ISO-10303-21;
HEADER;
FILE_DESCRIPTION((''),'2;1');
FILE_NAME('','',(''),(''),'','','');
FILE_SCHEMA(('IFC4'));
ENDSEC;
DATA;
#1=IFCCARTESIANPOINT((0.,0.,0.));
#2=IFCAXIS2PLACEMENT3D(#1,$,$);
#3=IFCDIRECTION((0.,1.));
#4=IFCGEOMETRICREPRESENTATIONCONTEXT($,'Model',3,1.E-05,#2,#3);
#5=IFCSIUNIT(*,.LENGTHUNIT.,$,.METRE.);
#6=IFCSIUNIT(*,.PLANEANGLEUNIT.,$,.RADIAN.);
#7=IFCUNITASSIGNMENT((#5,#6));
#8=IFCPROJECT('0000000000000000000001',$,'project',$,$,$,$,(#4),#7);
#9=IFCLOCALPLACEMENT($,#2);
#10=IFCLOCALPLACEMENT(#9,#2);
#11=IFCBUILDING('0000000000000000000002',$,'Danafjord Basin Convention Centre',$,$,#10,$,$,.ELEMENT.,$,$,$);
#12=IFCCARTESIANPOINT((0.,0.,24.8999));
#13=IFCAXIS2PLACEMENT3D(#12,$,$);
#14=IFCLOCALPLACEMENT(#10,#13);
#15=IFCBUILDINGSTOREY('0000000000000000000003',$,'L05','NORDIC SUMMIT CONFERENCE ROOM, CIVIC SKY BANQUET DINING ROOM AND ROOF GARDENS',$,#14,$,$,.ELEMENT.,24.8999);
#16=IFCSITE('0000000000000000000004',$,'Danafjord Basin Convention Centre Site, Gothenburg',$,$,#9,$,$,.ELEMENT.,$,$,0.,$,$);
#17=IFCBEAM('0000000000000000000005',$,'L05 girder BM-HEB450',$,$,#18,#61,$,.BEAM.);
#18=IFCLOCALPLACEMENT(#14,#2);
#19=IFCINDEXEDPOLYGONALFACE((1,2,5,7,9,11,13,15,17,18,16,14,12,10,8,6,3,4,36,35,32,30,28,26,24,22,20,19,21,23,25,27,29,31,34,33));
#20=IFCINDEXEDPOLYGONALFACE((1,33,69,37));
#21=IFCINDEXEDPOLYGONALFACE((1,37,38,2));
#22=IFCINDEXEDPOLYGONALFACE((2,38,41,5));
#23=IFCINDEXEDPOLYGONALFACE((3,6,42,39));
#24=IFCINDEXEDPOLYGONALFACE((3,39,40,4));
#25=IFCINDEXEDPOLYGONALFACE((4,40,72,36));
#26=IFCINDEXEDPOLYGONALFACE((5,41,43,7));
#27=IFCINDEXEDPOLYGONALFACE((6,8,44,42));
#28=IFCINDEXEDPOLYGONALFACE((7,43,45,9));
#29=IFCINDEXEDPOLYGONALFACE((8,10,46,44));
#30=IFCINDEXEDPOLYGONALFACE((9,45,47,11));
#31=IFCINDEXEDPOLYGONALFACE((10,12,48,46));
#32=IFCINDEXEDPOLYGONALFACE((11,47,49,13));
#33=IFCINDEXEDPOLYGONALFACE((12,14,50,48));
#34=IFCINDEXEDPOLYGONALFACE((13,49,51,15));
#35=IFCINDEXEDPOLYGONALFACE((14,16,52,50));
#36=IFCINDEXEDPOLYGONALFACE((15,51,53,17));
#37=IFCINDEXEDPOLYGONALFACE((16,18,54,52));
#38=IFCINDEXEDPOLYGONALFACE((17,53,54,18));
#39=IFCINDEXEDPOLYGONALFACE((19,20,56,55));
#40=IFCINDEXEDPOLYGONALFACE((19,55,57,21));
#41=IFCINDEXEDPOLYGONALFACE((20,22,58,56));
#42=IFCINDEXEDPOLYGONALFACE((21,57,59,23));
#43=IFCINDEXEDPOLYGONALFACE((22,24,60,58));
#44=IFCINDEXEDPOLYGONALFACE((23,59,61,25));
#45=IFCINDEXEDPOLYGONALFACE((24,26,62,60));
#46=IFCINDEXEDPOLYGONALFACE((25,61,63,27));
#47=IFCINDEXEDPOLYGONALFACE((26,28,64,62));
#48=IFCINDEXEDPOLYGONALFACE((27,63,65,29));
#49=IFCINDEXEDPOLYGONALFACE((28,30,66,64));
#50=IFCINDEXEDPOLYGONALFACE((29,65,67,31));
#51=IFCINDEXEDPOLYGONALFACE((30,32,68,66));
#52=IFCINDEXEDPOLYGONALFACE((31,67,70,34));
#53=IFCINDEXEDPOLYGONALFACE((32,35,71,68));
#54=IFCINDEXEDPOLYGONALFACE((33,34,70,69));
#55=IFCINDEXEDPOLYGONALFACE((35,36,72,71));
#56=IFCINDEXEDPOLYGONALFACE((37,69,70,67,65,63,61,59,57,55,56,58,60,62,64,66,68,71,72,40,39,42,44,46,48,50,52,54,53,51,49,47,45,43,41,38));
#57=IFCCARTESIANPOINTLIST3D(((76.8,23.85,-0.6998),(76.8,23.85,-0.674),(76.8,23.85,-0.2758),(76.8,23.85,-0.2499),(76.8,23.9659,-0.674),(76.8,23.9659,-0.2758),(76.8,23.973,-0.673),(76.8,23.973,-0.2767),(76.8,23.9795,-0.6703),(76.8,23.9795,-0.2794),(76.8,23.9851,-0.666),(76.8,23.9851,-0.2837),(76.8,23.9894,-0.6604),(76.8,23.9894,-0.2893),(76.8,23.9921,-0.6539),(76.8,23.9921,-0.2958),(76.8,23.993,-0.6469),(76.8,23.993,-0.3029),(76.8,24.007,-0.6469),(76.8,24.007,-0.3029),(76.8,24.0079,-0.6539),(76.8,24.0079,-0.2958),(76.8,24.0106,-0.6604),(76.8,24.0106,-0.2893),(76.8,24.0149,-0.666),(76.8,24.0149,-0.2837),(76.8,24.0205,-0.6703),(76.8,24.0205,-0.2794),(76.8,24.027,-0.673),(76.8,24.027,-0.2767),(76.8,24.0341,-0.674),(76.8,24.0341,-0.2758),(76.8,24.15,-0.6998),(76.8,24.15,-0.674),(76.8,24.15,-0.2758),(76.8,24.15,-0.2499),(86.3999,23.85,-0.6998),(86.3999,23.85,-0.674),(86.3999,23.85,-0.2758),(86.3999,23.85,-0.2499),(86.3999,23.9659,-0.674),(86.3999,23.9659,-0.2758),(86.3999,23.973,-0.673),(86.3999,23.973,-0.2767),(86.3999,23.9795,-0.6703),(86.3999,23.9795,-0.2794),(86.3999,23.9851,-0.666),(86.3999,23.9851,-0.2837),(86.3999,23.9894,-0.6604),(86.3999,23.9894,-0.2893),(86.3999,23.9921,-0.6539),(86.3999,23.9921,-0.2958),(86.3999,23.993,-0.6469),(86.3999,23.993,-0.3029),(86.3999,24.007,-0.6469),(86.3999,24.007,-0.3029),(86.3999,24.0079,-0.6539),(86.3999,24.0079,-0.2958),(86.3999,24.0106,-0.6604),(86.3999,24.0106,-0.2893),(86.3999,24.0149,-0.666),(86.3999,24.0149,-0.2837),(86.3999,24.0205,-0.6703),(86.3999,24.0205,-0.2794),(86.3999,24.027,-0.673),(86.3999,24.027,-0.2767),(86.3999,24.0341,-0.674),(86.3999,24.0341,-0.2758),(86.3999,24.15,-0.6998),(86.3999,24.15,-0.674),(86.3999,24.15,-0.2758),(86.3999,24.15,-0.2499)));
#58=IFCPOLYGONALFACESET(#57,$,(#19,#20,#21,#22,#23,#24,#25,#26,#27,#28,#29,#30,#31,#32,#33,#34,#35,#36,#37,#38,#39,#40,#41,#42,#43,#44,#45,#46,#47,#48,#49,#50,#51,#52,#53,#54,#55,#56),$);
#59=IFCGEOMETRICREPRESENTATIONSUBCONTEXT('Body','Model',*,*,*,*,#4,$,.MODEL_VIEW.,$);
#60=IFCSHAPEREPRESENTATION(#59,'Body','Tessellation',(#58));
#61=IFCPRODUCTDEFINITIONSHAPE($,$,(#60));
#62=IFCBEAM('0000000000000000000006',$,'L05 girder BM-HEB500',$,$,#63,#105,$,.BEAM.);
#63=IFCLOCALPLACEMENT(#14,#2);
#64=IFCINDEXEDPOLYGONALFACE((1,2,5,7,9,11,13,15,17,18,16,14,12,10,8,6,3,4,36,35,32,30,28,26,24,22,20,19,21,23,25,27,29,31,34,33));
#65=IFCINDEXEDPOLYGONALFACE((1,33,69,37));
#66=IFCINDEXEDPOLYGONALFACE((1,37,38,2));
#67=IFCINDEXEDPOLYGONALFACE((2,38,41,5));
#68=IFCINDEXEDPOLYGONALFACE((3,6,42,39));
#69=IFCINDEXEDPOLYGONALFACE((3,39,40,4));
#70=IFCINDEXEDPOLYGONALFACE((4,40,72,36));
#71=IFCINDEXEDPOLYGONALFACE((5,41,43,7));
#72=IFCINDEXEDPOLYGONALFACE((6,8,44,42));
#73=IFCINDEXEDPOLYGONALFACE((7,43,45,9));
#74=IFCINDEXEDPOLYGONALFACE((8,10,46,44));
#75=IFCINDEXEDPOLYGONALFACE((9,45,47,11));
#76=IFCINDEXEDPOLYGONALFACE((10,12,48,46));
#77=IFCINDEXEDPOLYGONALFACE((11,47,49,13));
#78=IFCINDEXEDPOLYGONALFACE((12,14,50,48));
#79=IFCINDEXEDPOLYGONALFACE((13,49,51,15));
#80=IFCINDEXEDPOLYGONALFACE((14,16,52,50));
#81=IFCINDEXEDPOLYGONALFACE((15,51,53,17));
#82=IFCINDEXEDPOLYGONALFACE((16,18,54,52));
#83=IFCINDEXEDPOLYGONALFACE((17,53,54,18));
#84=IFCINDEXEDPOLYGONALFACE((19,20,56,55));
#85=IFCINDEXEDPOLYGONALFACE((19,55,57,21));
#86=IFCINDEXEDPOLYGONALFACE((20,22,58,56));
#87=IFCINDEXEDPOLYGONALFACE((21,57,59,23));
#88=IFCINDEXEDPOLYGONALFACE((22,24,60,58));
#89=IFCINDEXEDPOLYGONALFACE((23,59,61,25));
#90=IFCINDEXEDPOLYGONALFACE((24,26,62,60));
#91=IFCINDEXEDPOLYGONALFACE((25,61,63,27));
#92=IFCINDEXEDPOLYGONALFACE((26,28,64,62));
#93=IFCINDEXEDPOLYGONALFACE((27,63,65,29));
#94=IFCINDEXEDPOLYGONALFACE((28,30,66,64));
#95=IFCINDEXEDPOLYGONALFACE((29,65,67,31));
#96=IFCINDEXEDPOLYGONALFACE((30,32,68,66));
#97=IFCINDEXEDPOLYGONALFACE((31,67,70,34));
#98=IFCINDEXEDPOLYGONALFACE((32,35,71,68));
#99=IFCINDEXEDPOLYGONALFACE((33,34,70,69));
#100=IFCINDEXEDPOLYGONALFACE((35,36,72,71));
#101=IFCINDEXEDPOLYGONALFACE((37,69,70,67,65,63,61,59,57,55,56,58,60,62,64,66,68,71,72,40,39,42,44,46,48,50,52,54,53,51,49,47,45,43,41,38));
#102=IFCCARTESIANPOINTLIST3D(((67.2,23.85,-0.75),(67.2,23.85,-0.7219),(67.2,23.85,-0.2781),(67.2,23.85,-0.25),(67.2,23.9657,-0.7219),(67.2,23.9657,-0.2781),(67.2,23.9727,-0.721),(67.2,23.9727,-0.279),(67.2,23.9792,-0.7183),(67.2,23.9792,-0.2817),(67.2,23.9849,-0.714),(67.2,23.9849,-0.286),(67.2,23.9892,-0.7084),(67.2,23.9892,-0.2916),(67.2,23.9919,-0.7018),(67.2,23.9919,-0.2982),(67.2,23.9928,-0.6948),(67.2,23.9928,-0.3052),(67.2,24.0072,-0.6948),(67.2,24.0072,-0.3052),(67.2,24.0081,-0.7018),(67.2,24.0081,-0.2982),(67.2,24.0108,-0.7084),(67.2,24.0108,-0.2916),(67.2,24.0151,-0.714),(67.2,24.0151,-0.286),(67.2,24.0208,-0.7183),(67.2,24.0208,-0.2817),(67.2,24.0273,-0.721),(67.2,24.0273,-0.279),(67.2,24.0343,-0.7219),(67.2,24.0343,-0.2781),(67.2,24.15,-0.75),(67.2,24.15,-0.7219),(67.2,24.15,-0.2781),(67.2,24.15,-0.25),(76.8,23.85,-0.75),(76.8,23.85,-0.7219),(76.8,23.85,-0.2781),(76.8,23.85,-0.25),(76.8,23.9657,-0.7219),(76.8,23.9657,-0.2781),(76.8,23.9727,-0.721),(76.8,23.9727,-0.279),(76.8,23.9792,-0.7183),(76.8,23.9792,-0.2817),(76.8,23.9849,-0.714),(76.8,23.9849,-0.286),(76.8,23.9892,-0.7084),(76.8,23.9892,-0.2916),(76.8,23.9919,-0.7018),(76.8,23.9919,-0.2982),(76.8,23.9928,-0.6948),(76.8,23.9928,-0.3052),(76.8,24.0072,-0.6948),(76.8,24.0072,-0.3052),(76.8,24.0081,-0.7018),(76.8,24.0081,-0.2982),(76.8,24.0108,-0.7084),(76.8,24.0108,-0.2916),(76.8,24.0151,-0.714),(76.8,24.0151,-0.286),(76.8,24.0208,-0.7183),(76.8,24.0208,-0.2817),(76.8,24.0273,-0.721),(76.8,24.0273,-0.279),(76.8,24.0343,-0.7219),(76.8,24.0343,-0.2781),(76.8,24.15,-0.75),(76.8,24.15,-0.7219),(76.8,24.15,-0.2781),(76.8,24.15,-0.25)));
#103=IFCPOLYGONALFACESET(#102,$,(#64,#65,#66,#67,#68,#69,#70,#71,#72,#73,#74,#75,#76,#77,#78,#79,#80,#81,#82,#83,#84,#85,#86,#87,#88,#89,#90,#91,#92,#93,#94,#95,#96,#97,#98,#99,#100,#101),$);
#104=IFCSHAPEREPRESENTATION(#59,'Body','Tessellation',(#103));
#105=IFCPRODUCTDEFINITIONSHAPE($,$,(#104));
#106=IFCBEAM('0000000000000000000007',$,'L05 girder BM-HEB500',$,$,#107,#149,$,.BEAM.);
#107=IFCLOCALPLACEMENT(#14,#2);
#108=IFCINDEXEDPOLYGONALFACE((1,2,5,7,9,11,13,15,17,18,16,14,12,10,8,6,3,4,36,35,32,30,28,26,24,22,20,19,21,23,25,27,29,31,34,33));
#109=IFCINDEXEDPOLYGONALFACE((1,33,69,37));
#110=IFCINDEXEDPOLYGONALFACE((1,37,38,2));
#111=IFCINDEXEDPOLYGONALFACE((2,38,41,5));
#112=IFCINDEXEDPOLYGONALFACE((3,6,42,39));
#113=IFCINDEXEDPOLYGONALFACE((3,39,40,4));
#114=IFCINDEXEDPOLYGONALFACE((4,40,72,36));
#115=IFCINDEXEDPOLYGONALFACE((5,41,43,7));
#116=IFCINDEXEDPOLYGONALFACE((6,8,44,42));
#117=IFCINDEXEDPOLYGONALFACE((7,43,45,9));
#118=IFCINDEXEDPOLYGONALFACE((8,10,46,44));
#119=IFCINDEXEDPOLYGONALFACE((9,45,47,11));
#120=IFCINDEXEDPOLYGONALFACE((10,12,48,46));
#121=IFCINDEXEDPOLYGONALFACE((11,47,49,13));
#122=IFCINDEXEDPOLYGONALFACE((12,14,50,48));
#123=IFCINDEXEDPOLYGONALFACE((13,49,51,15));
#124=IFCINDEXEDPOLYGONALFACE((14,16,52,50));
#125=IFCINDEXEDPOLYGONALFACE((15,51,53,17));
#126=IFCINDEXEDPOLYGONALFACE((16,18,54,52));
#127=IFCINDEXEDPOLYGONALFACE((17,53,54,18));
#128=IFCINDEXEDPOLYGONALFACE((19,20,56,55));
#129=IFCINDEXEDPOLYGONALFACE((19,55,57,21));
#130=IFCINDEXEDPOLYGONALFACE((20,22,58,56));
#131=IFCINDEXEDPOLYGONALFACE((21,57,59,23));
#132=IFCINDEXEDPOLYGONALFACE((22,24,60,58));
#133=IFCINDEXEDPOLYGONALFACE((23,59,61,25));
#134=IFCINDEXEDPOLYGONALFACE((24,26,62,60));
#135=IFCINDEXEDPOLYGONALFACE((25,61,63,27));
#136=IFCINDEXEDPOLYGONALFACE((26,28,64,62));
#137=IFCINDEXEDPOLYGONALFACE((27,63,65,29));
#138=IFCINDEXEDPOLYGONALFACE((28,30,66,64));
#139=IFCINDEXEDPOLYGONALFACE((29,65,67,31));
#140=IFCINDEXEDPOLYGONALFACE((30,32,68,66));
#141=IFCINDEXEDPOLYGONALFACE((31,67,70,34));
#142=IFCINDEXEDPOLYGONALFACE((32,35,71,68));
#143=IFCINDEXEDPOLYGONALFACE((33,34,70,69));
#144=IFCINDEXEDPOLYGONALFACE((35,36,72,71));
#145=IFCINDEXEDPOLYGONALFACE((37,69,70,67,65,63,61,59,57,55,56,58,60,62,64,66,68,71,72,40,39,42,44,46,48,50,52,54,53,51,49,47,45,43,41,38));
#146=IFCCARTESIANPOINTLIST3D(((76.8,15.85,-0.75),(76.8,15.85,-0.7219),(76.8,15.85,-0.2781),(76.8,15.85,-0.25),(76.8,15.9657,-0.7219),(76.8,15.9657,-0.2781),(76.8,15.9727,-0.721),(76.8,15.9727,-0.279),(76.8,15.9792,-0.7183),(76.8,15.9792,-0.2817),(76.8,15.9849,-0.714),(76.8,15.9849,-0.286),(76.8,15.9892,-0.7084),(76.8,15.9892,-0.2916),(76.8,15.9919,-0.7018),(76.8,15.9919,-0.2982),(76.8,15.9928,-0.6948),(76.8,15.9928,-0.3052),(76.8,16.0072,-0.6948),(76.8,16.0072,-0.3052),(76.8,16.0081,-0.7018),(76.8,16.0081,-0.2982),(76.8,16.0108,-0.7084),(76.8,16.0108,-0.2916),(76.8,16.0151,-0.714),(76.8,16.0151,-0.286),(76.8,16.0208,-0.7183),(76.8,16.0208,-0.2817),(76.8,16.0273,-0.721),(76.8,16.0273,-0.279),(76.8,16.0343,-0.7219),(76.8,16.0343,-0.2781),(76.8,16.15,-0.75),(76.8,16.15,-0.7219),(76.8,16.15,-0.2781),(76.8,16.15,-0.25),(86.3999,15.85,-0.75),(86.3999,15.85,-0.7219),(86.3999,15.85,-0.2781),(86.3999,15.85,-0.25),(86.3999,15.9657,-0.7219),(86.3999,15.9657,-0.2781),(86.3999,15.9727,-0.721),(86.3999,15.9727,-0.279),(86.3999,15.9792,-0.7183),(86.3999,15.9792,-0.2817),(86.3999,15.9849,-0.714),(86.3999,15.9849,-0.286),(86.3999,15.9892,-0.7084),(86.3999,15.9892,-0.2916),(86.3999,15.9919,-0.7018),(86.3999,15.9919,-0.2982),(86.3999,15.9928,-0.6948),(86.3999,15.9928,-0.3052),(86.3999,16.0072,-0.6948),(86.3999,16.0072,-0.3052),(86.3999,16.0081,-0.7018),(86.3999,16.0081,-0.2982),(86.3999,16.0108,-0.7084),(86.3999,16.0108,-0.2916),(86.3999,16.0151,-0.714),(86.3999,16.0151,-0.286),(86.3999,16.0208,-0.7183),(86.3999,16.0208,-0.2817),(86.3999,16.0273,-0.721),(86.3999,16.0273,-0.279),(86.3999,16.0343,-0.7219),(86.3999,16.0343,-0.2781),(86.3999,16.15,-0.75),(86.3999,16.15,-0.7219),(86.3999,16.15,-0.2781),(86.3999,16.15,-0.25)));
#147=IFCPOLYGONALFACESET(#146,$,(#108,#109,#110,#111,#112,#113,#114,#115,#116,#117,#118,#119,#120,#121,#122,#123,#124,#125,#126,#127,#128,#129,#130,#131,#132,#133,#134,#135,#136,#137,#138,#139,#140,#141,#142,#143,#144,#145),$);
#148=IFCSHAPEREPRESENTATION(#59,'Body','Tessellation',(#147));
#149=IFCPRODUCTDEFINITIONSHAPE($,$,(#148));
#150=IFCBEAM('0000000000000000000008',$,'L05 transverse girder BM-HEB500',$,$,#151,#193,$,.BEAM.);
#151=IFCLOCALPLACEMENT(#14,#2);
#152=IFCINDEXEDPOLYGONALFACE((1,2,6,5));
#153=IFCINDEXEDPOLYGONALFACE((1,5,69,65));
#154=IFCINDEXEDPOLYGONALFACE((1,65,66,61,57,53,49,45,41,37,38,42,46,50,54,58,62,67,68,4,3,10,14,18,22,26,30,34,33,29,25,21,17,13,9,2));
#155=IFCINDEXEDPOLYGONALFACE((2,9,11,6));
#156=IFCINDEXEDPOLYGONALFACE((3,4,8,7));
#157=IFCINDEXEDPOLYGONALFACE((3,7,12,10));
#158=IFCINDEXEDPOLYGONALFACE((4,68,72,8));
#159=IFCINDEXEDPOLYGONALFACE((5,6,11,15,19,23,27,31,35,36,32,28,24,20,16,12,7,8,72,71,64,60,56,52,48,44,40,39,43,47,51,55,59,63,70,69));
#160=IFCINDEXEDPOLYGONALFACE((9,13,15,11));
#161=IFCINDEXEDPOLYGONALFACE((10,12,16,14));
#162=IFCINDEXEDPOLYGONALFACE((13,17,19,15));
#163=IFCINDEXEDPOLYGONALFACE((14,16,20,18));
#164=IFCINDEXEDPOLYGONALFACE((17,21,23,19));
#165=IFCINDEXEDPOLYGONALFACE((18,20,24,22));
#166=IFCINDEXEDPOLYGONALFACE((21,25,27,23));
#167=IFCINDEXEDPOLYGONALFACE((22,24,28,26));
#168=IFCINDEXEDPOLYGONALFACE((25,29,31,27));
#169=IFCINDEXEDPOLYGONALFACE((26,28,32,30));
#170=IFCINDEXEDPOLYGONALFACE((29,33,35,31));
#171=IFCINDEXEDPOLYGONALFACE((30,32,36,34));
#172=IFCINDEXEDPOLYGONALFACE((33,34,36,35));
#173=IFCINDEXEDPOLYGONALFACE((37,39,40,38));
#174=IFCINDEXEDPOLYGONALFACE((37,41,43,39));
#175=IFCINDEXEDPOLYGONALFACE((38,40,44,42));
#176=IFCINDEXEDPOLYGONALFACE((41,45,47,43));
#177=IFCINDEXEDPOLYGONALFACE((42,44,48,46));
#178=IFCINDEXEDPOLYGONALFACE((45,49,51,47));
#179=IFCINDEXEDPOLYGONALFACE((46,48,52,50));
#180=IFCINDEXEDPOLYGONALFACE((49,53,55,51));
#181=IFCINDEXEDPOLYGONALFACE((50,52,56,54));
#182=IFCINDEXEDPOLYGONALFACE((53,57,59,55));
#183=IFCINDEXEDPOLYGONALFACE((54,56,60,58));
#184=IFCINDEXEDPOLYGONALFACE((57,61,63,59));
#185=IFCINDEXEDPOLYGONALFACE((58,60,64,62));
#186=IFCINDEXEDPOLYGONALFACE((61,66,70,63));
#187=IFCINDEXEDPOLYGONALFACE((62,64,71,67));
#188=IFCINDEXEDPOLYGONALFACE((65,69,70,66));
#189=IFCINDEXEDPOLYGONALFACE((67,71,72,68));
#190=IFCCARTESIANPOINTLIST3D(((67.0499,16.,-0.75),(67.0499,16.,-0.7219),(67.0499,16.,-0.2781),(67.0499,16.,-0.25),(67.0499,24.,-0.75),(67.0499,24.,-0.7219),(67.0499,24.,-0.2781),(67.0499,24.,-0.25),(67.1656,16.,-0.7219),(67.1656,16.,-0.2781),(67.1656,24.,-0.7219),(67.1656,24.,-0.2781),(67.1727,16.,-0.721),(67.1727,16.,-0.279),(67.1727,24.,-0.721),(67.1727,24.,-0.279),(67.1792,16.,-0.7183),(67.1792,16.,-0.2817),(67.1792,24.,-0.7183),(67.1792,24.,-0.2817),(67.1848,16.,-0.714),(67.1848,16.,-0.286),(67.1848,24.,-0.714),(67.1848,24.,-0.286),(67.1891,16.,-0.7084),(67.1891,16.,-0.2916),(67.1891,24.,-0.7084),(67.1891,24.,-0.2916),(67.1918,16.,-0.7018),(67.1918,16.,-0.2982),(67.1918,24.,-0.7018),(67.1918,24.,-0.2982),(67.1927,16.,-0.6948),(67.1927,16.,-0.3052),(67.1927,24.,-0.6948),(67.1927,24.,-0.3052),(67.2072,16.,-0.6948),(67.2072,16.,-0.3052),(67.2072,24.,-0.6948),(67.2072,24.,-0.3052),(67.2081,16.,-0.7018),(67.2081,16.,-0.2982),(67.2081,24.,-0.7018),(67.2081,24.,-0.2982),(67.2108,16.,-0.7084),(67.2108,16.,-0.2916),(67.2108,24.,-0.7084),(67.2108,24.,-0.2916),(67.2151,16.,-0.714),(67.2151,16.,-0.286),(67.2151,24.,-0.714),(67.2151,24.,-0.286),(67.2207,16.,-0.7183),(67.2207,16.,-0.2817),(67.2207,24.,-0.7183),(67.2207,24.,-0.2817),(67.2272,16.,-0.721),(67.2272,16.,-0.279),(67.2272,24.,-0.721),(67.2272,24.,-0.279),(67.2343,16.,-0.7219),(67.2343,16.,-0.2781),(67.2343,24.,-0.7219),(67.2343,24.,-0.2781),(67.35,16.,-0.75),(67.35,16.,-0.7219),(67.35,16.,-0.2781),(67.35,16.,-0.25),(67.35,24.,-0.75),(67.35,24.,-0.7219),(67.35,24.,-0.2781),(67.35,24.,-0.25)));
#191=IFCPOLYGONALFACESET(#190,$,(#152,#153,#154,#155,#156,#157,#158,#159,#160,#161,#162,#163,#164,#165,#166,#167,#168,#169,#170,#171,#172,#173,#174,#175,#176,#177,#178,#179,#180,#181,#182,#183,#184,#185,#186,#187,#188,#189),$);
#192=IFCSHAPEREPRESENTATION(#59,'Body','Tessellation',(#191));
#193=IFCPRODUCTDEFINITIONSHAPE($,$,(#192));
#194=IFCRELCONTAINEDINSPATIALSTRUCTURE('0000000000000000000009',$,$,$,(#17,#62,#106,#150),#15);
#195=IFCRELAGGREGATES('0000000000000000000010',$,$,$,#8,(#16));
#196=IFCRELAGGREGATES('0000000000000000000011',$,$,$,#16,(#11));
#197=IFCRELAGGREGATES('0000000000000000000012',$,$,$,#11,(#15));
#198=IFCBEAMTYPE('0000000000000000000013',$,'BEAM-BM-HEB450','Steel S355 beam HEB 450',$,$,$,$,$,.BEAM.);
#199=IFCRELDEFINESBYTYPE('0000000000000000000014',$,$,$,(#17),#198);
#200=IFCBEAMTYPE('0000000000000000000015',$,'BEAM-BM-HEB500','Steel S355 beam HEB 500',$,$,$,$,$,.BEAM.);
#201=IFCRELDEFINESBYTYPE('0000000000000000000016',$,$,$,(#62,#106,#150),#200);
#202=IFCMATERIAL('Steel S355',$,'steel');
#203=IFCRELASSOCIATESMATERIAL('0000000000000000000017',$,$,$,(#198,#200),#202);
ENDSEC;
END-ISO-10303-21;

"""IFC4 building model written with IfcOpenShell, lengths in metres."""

from ifc_helpers import new_model, si_unit, direction, frame, origin, origin_2d, place, context, subcontext, project, spatial, i_section, extrude, material, material_profile, profile_set, type_object, element, save


model = new_model("IFC4")

# Units and contexts
model_context = context("Model", 3, precision=1e-05, world=origin(), true_north=direction((0.0, 1.0)))
body_context = subcontext(model_context, "Body", "Model", "MODEL_VIEW")
ifc_project = project(units=[si_unit("LENGTHUNIT", "METRE"), si_unit("PLANEANGLEUNIT", "RADIAN")], contexts=[model_context])

# Site, building, storey
site_placement = place(None, origin())
site = spatial("IfcSite", under=ifc_project, at=site_placement, Name="Danafjord Basin Convention Centre Site, Gothenburg", CompositionType="ELEMENT", RefElevation=0.0)
building_placement = place(site_placement, origin())
building = spatial("IfcBuilding", under=site, at=building_placement, Name="Danafjord Basin Convention Centre", CompositionType="ELEMENT")
storey_placement = place(building_placement, frame((0.0, 0.0, 24.8999)))
storey = spatial("IfcBuildingStorey", under=building, at=storey_placement, Name="L05", Description="NORDIC SUMMIT CONFERENCE ROOM, CIVIC SKY BANQUET DINING ROOM AND ROOF GARDENS", CompositionType="ELEMENT", Elevation=24.8999)

# Shared definitions
ifc_material_1 = material(Name="Steel S355", Category="steel")

# Beams
ifc_material_profile_1 = material_profile(ifc_material_1, i_section(OverallWidth=0.3, OverallDepth=0.45, WebThickness=0.0139, FlangeThickness=0.0259, FilletRadius=0.0271, at=origin_2d()), Name="HEB 450")
ifc_profile_set_1 = profile_set([ifc_material_profile_1], Name="Steel S355")
beam_type_1 = type_object("IfcBeamType", Name="BEAM-BM-HEB450", Description="Steel S355 beam HEB 450", PredefinedType="BEAM", material=ifc_profile_set_1)
beam_1_placement = place(storey_placement, frame((76.8, 24.0, -0.4749), z_axis=(1.0, 0.0, 0.0), x_axis=(0.0, 1.0, 0.0)))
element("IfcBeam", 1, at=beam_1_placement, inside=storey, type_object=beam_type_1, Name="L05 girder BM-HEB450", PredefinedType="BEAM", context=body_context, shape_type="SweptSolid", body=[
    extrude(i_section(OverallWidth=0.3, OverallDepth=0.45, WebThickness=0.0139, FlangeThickness=0.0259, FilletRadius=0.0271, at=origin_2d()), origin(), (0.0, 0.0, 1.0), 9.5999),
])
ifc_material_profile_2 = material_profile(ifc_material_1, i_section(OverallWidth=0.3, OverallDepth=0.5, WebThickness=0.0144, FlangeThickness=0.0281, FilletRadius=0.0271, at=origin_2d()), Name="HEB 500")
ifc_profile_set_2 = profile_set([ifc_material_profile_2], Name="Steel S355")
beam_type_2 = type_object("IfcBeamType", Name="BEAM-BM-HEB500", Description="Steel S355 beam HEB 500", PredefinedType="BEAM", material=ifc_profile_set_2)
beam_2_placement = place(storey_placement, frame((67.2, 24.0, -0.5), z_axis=(1.0, 0.0, 0.0), x_axis=(0.0, 1.0, 0.0)))
element("IfcBeam", 2, at=beam_2_placement, inside=storey, type_object=beam_type_2, Name="L05 girder BM-HEB500", PredefinedType="BEAM", context=body_context, shape_type="SweptSolid", body=[
    extrude(i_section(OverallWidth=0.3, OverallDepth=0.5, WebThickness=0.0144, FlangeThickness=0.0281, FilletRadius=0.0271, at=origin_2d()), origin(), (0.0, 0.0, 1.0), 9.6001),
])
beam_3_placement = place(storey_placement, frame((76.8, 16.0, -0.5), z_axis=(1.0, 0.0, 0.0), x_axis=(0.0, 1.0, 0.0)))
element("IfcBeam", 3, at=beam_3_placement, inside=storey, type_object=beam_type_2, Name="L05 girder BM-HEB500", PredefinedType="BEAM", context=body_context, shape_type="SweptSolid", body=[
    extrude(i_section(OverallWidth=0.3, OverallDepth=0.5, WebThickness=0.0144, FlangeThickness=0.0281, FilletRadius=0.0271, at=origin_2d()), origin(), (0.0, 0.0, 1.0), 9.5999),
])
for number, where, z_axis, x_axis, name in (
    (4, (67.2, 16.0, -0.5), (0.0, 1.0, 0.0), (-1.0, 0.0, 0.0), "L05 transverse girder BM-HEB500"),
):
    element("IfcBeam", number, at=place(storey_placement, frame(where, z_axis=z_axis, x_axis=x_axis)), inside=storey, type_object=beam_type_2, Name=name, PredefinedType="BEAM", context=body_context, shape_type="SweptSolid", body=[
        extrude(i_section(OverallWidth=0.3, OverallDepth=0.5, WebThickness=0.0144, FlangeThickness=0.0281, FilletRadius=0.0271, at=origin_2d()), origin(), (0.0, 0.0, 1.0), 8.0),
    ])

save(model, "model.ifc")
